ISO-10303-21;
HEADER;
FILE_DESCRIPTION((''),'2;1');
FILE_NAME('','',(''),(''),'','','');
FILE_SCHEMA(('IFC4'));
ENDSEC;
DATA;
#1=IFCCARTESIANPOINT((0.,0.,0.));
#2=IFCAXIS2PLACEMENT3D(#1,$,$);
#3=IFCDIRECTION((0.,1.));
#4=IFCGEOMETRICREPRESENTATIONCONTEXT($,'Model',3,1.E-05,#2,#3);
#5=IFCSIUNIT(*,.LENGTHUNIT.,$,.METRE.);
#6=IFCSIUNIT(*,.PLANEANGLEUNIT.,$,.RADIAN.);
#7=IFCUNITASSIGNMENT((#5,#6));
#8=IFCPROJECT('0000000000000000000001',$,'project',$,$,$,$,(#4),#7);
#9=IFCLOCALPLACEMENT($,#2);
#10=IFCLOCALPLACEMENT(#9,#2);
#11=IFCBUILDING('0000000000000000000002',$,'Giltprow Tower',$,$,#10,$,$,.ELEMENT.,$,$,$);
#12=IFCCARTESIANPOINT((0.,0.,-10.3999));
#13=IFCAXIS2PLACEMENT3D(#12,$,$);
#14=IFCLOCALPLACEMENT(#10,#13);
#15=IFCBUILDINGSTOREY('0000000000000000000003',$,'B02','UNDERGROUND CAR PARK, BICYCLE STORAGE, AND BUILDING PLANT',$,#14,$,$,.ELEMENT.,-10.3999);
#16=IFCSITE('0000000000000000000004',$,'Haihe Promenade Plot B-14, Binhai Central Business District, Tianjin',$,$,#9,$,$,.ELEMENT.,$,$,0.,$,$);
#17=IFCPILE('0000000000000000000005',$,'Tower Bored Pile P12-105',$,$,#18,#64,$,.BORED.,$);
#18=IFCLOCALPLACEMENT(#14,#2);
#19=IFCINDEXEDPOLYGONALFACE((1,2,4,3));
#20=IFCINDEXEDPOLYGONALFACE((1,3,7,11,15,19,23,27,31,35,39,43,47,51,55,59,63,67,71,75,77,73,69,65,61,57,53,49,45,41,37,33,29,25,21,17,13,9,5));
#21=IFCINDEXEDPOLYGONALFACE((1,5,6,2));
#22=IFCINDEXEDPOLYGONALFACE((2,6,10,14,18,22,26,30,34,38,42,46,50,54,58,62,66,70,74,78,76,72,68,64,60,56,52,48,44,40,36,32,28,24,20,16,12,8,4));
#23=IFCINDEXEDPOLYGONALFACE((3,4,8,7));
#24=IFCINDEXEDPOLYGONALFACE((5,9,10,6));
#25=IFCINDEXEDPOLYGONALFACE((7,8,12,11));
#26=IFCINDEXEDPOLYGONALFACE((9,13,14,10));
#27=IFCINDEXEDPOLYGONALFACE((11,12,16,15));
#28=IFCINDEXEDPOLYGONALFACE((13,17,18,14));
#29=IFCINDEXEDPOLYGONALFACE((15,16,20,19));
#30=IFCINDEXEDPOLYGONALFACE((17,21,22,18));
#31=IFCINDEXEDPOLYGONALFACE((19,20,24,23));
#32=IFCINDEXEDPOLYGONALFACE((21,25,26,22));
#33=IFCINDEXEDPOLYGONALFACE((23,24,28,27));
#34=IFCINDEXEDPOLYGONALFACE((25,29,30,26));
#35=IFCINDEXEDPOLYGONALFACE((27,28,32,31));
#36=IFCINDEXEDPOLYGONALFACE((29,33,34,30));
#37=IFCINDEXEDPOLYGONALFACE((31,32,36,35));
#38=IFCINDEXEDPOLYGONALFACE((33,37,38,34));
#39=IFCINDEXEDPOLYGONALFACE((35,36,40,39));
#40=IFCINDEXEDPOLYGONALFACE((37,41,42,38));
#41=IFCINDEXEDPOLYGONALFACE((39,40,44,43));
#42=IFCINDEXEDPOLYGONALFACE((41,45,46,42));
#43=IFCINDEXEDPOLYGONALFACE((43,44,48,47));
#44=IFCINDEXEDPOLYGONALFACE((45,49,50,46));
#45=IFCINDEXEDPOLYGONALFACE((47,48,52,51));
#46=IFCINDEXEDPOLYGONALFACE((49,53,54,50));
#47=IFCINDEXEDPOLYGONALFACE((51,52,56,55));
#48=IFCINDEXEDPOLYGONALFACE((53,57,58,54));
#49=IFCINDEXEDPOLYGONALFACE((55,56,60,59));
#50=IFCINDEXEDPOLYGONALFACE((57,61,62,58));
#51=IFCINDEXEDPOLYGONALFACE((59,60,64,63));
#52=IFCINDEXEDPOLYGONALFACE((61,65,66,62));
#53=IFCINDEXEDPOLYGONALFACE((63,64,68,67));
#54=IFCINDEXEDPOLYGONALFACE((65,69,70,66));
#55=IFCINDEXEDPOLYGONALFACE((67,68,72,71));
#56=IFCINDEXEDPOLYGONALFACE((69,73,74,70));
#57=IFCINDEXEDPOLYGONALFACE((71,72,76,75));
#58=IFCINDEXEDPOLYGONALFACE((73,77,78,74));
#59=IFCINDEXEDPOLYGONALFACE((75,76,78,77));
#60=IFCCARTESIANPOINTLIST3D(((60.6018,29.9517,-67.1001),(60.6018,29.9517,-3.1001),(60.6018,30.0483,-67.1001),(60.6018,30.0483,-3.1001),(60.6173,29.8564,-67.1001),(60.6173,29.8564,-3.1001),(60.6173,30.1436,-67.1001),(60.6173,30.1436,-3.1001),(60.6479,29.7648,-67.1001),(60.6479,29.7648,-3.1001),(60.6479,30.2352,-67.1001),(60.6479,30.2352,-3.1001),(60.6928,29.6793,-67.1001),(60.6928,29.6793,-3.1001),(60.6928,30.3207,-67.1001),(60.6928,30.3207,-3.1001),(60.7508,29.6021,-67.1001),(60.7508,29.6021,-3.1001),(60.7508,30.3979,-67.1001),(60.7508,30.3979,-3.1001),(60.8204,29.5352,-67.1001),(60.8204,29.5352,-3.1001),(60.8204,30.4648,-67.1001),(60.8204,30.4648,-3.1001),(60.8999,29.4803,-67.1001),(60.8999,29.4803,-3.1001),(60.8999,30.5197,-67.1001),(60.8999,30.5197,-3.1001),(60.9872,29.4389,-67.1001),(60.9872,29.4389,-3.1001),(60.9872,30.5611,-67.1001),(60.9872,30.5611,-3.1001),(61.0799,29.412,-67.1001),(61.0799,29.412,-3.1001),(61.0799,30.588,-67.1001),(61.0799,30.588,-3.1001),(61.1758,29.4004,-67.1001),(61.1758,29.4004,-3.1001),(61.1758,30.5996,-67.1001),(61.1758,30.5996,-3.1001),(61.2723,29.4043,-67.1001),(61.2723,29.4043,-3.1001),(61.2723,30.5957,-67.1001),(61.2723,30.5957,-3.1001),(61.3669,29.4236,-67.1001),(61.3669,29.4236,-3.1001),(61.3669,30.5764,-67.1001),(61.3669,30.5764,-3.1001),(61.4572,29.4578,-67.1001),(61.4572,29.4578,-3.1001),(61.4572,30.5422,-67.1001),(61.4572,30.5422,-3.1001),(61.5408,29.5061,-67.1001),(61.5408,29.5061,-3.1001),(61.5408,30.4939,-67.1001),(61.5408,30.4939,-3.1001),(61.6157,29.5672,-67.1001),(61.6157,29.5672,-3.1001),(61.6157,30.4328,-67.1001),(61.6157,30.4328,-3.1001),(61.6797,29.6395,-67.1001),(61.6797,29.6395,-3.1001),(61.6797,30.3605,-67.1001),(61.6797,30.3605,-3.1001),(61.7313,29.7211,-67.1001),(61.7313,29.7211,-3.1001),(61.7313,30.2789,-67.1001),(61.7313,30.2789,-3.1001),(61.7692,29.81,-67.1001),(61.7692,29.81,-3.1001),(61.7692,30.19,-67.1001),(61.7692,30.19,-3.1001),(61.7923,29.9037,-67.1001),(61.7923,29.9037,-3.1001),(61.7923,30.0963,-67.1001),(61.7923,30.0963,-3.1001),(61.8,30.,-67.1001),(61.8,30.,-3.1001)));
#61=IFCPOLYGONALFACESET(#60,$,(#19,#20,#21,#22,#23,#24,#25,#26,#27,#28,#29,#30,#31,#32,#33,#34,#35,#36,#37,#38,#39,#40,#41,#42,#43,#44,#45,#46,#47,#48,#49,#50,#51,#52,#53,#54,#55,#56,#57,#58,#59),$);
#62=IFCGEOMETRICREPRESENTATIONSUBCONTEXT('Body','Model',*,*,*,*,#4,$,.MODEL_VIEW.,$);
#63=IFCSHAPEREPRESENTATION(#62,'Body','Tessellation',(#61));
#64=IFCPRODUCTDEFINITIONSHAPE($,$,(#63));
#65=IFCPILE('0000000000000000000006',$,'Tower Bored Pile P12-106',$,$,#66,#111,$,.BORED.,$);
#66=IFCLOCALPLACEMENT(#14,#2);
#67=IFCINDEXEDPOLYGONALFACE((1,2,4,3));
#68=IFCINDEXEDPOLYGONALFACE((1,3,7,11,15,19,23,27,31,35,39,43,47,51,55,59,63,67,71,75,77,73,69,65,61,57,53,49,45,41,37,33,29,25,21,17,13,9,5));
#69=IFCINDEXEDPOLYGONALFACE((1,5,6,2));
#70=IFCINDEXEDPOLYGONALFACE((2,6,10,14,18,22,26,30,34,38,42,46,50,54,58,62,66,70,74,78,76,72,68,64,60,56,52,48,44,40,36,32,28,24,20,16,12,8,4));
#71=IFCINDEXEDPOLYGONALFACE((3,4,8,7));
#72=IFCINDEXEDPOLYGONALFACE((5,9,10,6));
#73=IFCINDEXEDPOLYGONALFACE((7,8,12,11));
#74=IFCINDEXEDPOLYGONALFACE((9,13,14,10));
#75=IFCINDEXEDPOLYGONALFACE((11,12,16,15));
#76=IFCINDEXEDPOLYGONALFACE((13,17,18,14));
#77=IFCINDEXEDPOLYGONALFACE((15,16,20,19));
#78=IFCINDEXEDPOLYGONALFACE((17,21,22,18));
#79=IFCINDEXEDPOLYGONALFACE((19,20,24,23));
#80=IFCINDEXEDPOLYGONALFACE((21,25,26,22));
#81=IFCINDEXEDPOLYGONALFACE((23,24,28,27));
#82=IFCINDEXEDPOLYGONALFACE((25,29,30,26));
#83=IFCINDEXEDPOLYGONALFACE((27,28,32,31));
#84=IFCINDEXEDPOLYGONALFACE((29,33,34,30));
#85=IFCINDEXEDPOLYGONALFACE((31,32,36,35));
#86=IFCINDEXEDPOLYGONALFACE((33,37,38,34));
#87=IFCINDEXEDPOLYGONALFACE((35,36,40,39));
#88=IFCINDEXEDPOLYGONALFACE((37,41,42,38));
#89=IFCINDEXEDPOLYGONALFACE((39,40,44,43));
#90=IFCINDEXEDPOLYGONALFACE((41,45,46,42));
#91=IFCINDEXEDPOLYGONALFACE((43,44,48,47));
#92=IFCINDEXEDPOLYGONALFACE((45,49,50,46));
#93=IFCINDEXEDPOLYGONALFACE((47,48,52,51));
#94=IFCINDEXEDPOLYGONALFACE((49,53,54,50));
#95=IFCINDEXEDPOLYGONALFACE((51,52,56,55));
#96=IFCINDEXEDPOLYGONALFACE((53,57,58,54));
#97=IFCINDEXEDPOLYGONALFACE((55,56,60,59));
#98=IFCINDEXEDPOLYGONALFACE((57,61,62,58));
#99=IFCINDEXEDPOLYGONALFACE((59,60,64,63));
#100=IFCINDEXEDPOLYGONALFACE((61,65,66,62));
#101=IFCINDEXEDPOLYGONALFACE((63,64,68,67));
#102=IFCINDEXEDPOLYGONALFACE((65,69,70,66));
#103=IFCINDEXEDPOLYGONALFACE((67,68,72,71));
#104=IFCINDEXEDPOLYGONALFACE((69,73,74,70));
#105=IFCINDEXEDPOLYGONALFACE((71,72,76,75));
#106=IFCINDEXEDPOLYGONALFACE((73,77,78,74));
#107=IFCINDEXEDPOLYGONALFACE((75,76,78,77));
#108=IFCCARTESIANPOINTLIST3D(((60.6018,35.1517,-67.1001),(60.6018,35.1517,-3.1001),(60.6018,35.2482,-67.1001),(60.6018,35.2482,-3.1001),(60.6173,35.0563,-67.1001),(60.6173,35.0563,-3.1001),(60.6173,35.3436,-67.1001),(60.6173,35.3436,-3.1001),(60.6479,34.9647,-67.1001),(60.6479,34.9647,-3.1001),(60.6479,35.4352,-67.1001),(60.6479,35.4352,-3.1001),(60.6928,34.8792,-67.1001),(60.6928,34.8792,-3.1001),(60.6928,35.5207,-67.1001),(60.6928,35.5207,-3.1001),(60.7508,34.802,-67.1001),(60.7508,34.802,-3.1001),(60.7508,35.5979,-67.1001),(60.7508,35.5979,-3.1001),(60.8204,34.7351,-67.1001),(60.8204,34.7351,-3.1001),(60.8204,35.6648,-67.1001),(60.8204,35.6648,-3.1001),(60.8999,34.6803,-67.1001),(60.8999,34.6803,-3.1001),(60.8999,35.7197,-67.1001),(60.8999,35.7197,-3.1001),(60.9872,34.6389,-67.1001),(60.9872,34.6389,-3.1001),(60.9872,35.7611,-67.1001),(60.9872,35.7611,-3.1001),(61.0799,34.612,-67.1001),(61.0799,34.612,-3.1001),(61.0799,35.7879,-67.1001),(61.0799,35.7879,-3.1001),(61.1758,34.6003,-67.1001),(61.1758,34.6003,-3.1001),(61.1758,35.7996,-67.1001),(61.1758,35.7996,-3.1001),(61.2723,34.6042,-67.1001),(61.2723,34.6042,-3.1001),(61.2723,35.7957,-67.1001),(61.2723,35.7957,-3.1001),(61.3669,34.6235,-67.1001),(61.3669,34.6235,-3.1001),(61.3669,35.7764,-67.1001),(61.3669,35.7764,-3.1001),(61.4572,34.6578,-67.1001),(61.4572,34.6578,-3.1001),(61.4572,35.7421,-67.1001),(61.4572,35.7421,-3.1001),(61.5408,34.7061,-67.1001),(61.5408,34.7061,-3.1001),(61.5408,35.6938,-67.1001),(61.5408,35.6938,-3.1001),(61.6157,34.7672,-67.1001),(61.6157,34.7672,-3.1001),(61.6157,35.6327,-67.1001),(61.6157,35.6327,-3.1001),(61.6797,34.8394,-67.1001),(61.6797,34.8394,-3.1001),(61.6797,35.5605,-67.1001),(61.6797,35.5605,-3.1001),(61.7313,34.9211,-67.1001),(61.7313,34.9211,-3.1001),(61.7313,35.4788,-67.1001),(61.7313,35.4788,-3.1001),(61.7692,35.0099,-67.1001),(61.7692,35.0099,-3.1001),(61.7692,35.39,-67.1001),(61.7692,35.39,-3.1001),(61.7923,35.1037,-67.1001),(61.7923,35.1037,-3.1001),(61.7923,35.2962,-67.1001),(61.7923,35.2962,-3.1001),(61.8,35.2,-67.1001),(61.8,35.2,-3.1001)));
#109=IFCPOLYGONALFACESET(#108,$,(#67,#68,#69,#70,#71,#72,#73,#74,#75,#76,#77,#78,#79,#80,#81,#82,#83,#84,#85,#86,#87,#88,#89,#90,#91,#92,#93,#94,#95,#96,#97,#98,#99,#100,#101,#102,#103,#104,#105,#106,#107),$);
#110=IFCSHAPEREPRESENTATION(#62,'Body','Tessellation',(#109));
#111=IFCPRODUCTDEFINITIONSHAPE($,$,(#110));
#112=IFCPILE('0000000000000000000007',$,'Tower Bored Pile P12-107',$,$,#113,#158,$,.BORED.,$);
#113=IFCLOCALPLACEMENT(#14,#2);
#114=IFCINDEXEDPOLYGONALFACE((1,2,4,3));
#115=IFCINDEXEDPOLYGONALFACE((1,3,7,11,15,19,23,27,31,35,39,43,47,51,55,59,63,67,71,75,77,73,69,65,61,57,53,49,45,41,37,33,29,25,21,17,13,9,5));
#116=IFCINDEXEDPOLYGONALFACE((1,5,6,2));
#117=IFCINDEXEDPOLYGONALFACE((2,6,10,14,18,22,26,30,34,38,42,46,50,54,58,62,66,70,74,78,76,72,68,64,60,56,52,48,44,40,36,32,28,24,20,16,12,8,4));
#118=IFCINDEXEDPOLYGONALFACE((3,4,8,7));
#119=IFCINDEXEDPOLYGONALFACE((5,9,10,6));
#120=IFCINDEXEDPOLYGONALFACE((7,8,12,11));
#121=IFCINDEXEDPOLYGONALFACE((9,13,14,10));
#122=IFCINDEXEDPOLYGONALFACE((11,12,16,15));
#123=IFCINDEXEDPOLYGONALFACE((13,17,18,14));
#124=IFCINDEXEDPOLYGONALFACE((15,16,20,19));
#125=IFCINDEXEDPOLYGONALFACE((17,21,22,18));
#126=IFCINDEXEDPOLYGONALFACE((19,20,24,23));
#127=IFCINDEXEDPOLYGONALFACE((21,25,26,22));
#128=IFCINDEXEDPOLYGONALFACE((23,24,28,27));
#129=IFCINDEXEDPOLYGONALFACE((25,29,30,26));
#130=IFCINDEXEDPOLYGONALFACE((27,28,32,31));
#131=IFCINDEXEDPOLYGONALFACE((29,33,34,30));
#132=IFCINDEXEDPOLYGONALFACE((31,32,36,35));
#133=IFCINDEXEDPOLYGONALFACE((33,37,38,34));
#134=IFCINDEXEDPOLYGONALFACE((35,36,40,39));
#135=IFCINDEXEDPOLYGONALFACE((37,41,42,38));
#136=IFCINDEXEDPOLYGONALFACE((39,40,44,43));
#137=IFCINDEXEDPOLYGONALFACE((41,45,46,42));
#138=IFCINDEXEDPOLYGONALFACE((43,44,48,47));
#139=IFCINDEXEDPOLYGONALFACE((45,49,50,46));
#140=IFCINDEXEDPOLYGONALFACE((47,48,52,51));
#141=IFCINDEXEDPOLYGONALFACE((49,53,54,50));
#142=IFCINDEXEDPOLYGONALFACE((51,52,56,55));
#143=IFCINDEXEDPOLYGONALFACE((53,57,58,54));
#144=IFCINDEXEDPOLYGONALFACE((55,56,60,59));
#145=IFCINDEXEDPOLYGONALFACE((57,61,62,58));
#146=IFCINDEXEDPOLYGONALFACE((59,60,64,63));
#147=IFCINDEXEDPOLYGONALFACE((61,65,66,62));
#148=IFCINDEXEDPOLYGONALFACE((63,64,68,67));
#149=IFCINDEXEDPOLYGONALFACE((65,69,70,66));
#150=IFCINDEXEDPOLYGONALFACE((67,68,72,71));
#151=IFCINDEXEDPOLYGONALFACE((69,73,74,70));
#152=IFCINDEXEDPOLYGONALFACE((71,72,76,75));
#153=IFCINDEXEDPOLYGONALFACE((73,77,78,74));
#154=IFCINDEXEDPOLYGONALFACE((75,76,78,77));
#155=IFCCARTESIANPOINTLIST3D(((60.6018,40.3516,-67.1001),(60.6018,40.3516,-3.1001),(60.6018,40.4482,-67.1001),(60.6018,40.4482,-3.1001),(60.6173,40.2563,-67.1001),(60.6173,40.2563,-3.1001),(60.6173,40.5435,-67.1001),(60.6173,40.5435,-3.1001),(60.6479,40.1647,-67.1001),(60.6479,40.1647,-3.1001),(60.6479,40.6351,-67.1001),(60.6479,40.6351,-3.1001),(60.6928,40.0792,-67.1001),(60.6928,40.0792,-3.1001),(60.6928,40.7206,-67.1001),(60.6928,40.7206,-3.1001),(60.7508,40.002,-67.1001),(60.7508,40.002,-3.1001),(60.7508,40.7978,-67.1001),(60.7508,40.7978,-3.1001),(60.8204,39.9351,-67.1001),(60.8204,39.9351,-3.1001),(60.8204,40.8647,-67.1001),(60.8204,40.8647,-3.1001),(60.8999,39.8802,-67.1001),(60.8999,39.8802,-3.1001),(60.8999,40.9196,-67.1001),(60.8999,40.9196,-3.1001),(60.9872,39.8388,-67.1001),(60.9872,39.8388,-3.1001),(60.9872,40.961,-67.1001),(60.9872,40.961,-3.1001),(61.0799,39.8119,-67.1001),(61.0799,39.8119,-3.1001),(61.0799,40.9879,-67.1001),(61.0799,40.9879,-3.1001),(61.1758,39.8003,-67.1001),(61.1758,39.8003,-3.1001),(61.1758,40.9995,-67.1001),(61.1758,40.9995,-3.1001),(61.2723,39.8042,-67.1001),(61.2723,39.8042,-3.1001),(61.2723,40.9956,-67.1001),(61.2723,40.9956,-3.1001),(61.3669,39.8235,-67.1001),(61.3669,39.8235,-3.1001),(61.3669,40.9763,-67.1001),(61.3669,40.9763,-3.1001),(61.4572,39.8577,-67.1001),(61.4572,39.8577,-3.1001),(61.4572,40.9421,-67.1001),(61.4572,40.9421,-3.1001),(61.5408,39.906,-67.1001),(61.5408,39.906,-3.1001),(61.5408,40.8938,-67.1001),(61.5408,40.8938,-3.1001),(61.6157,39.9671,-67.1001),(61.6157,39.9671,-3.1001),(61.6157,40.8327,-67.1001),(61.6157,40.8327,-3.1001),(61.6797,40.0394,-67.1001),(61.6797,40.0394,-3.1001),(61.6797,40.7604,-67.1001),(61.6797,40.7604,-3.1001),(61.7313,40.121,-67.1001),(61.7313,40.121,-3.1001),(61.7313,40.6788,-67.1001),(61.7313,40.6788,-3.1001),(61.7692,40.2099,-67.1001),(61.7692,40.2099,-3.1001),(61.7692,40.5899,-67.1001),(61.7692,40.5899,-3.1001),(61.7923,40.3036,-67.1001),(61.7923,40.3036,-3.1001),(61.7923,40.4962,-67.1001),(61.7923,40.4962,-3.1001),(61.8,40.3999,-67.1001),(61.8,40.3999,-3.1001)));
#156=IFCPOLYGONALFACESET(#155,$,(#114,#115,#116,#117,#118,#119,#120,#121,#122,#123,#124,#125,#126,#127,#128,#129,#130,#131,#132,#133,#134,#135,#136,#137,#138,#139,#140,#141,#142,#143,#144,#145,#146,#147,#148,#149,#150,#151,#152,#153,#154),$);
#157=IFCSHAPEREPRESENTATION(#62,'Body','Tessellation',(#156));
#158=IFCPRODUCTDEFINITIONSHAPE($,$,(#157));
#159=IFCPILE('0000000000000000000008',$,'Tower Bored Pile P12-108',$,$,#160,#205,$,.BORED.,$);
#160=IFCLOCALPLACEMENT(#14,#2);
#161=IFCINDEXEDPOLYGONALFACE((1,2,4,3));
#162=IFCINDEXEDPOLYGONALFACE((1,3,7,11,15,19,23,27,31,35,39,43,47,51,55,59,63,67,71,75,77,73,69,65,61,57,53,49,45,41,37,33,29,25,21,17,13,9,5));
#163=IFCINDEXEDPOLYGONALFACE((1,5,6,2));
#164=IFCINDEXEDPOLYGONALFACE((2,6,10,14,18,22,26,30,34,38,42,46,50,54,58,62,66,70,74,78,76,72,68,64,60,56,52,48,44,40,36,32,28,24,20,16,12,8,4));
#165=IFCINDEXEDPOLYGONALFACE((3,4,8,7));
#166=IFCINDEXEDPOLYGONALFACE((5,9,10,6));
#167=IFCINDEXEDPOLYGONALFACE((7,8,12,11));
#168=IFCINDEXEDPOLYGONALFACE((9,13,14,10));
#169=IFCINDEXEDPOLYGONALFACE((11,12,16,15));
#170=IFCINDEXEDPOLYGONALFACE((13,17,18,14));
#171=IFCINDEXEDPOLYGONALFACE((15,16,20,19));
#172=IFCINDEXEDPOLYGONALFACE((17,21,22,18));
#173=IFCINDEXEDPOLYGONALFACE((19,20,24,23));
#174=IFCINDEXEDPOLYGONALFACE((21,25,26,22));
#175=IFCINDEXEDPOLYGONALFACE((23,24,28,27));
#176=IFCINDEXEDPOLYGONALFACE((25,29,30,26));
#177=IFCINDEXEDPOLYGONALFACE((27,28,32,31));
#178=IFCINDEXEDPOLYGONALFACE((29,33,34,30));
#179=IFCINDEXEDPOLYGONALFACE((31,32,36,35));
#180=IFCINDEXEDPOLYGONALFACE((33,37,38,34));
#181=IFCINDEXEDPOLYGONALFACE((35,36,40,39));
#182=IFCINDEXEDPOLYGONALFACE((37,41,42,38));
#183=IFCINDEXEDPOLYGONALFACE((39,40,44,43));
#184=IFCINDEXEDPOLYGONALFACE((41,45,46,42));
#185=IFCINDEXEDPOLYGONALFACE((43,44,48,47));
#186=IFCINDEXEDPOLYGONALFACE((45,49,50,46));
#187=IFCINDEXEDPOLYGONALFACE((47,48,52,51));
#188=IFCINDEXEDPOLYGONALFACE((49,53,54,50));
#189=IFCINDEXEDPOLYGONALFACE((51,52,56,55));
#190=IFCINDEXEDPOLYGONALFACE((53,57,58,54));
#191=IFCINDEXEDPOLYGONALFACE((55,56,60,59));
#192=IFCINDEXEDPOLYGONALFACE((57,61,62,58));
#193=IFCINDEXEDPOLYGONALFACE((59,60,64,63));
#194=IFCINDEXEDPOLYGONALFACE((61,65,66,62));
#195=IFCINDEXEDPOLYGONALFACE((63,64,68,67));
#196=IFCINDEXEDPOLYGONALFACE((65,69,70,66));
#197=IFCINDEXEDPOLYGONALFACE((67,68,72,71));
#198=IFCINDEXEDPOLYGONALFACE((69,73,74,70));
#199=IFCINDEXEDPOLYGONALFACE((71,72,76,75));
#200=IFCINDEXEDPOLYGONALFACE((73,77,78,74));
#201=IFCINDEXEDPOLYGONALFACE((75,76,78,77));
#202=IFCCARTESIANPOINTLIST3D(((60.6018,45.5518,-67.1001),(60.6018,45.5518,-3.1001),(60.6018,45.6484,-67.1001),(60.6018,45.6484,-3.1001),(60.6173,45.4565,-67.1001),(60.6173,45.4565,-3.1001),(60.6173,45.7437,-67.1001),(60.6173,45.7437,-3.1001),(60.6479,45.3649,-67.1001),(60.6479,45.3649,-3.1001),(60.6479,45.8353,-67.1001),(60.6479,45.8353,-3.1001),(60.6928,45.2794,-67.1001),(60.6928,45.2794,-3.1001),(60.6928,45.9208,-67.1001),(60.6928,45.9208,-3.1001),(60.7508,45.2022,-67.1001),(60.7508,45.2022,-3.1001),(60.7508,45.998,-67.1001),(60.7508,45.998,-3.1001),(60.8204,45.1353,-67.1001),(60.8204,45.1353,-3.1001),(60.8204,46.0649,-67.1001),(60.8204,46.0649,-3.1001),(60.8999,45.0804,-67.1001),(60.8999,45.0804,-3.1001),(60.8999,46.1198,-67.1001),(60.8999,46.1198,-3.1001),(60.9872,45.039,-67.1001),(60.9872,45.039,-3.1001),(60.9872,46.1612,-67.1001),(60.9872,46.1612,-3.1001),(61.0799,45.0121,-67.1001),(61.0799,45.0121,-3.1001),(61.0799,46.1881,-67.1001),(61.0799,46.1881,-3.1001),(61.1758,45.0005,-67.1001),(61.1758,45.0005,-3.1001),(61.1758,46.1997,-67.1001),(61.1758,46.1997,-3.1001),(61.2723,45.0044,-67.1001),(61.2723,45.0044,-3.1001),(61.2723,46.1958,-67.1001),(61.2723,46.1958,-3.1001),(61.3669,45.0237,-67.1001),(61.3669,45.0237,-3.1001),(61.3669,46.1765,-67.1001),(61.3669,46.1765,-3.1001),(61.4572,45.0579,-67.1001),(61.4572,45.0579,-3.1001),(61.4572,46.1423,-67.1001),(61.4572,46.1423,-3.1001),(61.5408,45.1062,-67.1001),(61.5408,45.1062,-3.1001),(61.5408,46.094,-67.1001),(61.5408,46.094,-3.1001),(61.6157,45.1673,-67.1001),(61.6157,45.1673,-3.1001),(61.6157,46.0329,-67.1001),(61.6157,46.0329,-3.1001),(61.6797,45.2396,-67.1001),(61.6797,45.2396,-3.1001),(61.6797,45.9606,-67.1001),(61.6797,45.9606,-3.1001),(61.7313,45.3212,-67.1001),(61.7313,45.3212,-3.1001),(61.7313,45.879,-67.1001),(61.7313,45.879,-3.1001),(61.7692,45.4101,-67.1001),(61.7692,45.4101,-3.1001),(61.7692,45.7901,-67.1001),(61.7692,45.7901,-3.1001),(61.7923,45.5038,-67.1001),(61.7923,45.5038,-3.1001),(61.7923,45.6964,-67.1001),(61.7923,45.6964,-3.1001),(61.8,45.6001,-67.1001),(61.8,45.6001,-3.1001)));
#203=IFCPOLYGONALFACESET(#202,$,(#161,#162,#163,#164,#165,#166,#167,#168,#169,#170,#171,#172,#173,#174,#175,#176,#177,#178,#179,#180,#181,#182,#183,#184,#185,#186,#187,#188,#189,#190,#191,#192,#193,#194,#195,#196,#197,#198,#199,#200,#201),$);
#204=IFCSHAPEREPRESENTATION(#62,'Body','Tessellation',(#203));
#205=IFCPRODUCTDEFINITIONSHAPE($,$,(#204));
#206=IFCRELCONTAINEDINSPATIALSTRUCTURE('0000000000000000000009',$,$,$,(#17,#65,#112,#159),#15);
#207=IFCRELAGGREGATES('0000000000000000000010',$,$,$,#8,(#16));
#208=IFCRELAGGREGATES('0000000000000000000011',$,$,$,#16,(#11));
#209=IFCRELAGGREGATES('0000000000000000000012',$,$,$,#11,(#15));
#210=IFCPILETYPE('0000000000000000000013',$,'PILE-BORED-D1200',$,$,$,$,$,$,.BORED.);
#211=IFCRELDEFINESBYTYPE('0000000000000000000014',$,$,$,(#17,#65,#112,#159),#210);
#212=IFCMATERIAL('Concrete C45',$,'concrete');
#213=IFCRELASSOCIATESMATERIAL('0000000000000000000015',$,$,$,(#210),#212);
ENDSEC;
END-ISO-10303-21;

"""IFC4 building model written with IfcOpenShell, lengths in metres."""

from ifc_helpers import new_model, si_unit, direction, frame, origin, origin_2d, place, context, subcontext, project, spatial, circle, extrude, source, transform, mapped, material, material_profile, profile_set, type_object, element, save


model = new_model("IFC4")

# Units and contexts
model_context = context("Model", 3, precision=1e-05, world=origin(), true_north=direction((0.0, 1.0)))
body_context = subcontext(model_context, "Body", "Model", "MODEL_VIEW")
ifc_project = project(units=[si_unit("LENGTHUNIT", "METRE"), si_unit("PLANEANGLEUNIT", "RADIAN")], contexts=[model_context])

# Site, building, storey
site_placement = place(None, origin())
site = spatial("IfcSite", under=ifc_project, at=site_placement, Name="Haihe Promenade Plot B-14, Binhai Central Business District, Tianjin", CompositionType="ELEMENT", RefElevation=0.0)
building_placement = place(site_placement, origin())
building = spatial("IfcBuilding", under=site, at=building_placement, Name="Giltprow Tower", CompositionType="ELEMENT")
storey_placement = place(building_placement, frame((0.0, 0.0, -10.3999)))
storey = spatial("IfcBuildingStorey", under=building, at=storey_placement, Name="B02", Description="UNDERGROUND CAR PARK, BICYCLE STORAGE, AND BUILDING PLANT", CompositionType="ELEMENT", Elevation=-10.3999)

# Piles
ifc_material_1 = material(Name="Concrete C45", Category="concrete")
ifc_material_profile_1 = material_profile(ifc_material_1, circle(Radius=0.6001, at=origin_2d()), Name="PILE D1200")
ifc_profile_set_1 = profile_set([ifc_material_profile_1], Name="Concrete C45")
pile_type_1 = type_object("IfcPileType", Name="PILE-BORED-D1200", PredefinedType="BORED", material=ifc_profile_set_1)
shared_shape_1 = source(origin(), body_context, "Body", "SweptSolid", [
    extrude(circle(Radius=0.6001, at=origin_2d()), origin(), (0.0, 0.0, 1.0), 64.0),
])
for number, where, z_axis, x_axis, name in (
    (1, (61.2, 30.0, -3.1001), (0.0, 0.0, -1.0), (1.0, 0.0, 0.0), "Tower Bored Pile P12-105"),
    (2, (61.2, 35.2, -3.1001), (0.0, 0.0, -1.0), (1.0, 0.0, 0.0), "Tower Bored Pile P12-106"),
    (3, (61.2, 40.3999, -3.1001), (0.0, 0.0, -1.0), (1.0, 0.0, 0.0), "Tower Bored Pile P12-107"),
    (4, (61.2, 45.6001, -3.1001), (0.0, 0.0, -1.0), (1.0, 0.0, 0.0), "Tower Bored Pile P12-108"),
):
    element("IfcPile", number, at=place(storey_placement, frame(where, z_axis=z_axis, x_axis=x_axis)), inside=storey, type_object=pile_type_1, Name=name, PredefinedType="BORED", context=body_context, shape_type="MappedRepresentation", body=[
        mapped(shared_shape_1, transform((0.0, 0.0, 0.0), x_axis=(1.0, 0.0, 0.0), y_axis=(0.0, 1.0, 0.0), z_axis=(0.0, 0.0, 1.0), scale=1.0)),
    ])

save(model, "model.ifc")
